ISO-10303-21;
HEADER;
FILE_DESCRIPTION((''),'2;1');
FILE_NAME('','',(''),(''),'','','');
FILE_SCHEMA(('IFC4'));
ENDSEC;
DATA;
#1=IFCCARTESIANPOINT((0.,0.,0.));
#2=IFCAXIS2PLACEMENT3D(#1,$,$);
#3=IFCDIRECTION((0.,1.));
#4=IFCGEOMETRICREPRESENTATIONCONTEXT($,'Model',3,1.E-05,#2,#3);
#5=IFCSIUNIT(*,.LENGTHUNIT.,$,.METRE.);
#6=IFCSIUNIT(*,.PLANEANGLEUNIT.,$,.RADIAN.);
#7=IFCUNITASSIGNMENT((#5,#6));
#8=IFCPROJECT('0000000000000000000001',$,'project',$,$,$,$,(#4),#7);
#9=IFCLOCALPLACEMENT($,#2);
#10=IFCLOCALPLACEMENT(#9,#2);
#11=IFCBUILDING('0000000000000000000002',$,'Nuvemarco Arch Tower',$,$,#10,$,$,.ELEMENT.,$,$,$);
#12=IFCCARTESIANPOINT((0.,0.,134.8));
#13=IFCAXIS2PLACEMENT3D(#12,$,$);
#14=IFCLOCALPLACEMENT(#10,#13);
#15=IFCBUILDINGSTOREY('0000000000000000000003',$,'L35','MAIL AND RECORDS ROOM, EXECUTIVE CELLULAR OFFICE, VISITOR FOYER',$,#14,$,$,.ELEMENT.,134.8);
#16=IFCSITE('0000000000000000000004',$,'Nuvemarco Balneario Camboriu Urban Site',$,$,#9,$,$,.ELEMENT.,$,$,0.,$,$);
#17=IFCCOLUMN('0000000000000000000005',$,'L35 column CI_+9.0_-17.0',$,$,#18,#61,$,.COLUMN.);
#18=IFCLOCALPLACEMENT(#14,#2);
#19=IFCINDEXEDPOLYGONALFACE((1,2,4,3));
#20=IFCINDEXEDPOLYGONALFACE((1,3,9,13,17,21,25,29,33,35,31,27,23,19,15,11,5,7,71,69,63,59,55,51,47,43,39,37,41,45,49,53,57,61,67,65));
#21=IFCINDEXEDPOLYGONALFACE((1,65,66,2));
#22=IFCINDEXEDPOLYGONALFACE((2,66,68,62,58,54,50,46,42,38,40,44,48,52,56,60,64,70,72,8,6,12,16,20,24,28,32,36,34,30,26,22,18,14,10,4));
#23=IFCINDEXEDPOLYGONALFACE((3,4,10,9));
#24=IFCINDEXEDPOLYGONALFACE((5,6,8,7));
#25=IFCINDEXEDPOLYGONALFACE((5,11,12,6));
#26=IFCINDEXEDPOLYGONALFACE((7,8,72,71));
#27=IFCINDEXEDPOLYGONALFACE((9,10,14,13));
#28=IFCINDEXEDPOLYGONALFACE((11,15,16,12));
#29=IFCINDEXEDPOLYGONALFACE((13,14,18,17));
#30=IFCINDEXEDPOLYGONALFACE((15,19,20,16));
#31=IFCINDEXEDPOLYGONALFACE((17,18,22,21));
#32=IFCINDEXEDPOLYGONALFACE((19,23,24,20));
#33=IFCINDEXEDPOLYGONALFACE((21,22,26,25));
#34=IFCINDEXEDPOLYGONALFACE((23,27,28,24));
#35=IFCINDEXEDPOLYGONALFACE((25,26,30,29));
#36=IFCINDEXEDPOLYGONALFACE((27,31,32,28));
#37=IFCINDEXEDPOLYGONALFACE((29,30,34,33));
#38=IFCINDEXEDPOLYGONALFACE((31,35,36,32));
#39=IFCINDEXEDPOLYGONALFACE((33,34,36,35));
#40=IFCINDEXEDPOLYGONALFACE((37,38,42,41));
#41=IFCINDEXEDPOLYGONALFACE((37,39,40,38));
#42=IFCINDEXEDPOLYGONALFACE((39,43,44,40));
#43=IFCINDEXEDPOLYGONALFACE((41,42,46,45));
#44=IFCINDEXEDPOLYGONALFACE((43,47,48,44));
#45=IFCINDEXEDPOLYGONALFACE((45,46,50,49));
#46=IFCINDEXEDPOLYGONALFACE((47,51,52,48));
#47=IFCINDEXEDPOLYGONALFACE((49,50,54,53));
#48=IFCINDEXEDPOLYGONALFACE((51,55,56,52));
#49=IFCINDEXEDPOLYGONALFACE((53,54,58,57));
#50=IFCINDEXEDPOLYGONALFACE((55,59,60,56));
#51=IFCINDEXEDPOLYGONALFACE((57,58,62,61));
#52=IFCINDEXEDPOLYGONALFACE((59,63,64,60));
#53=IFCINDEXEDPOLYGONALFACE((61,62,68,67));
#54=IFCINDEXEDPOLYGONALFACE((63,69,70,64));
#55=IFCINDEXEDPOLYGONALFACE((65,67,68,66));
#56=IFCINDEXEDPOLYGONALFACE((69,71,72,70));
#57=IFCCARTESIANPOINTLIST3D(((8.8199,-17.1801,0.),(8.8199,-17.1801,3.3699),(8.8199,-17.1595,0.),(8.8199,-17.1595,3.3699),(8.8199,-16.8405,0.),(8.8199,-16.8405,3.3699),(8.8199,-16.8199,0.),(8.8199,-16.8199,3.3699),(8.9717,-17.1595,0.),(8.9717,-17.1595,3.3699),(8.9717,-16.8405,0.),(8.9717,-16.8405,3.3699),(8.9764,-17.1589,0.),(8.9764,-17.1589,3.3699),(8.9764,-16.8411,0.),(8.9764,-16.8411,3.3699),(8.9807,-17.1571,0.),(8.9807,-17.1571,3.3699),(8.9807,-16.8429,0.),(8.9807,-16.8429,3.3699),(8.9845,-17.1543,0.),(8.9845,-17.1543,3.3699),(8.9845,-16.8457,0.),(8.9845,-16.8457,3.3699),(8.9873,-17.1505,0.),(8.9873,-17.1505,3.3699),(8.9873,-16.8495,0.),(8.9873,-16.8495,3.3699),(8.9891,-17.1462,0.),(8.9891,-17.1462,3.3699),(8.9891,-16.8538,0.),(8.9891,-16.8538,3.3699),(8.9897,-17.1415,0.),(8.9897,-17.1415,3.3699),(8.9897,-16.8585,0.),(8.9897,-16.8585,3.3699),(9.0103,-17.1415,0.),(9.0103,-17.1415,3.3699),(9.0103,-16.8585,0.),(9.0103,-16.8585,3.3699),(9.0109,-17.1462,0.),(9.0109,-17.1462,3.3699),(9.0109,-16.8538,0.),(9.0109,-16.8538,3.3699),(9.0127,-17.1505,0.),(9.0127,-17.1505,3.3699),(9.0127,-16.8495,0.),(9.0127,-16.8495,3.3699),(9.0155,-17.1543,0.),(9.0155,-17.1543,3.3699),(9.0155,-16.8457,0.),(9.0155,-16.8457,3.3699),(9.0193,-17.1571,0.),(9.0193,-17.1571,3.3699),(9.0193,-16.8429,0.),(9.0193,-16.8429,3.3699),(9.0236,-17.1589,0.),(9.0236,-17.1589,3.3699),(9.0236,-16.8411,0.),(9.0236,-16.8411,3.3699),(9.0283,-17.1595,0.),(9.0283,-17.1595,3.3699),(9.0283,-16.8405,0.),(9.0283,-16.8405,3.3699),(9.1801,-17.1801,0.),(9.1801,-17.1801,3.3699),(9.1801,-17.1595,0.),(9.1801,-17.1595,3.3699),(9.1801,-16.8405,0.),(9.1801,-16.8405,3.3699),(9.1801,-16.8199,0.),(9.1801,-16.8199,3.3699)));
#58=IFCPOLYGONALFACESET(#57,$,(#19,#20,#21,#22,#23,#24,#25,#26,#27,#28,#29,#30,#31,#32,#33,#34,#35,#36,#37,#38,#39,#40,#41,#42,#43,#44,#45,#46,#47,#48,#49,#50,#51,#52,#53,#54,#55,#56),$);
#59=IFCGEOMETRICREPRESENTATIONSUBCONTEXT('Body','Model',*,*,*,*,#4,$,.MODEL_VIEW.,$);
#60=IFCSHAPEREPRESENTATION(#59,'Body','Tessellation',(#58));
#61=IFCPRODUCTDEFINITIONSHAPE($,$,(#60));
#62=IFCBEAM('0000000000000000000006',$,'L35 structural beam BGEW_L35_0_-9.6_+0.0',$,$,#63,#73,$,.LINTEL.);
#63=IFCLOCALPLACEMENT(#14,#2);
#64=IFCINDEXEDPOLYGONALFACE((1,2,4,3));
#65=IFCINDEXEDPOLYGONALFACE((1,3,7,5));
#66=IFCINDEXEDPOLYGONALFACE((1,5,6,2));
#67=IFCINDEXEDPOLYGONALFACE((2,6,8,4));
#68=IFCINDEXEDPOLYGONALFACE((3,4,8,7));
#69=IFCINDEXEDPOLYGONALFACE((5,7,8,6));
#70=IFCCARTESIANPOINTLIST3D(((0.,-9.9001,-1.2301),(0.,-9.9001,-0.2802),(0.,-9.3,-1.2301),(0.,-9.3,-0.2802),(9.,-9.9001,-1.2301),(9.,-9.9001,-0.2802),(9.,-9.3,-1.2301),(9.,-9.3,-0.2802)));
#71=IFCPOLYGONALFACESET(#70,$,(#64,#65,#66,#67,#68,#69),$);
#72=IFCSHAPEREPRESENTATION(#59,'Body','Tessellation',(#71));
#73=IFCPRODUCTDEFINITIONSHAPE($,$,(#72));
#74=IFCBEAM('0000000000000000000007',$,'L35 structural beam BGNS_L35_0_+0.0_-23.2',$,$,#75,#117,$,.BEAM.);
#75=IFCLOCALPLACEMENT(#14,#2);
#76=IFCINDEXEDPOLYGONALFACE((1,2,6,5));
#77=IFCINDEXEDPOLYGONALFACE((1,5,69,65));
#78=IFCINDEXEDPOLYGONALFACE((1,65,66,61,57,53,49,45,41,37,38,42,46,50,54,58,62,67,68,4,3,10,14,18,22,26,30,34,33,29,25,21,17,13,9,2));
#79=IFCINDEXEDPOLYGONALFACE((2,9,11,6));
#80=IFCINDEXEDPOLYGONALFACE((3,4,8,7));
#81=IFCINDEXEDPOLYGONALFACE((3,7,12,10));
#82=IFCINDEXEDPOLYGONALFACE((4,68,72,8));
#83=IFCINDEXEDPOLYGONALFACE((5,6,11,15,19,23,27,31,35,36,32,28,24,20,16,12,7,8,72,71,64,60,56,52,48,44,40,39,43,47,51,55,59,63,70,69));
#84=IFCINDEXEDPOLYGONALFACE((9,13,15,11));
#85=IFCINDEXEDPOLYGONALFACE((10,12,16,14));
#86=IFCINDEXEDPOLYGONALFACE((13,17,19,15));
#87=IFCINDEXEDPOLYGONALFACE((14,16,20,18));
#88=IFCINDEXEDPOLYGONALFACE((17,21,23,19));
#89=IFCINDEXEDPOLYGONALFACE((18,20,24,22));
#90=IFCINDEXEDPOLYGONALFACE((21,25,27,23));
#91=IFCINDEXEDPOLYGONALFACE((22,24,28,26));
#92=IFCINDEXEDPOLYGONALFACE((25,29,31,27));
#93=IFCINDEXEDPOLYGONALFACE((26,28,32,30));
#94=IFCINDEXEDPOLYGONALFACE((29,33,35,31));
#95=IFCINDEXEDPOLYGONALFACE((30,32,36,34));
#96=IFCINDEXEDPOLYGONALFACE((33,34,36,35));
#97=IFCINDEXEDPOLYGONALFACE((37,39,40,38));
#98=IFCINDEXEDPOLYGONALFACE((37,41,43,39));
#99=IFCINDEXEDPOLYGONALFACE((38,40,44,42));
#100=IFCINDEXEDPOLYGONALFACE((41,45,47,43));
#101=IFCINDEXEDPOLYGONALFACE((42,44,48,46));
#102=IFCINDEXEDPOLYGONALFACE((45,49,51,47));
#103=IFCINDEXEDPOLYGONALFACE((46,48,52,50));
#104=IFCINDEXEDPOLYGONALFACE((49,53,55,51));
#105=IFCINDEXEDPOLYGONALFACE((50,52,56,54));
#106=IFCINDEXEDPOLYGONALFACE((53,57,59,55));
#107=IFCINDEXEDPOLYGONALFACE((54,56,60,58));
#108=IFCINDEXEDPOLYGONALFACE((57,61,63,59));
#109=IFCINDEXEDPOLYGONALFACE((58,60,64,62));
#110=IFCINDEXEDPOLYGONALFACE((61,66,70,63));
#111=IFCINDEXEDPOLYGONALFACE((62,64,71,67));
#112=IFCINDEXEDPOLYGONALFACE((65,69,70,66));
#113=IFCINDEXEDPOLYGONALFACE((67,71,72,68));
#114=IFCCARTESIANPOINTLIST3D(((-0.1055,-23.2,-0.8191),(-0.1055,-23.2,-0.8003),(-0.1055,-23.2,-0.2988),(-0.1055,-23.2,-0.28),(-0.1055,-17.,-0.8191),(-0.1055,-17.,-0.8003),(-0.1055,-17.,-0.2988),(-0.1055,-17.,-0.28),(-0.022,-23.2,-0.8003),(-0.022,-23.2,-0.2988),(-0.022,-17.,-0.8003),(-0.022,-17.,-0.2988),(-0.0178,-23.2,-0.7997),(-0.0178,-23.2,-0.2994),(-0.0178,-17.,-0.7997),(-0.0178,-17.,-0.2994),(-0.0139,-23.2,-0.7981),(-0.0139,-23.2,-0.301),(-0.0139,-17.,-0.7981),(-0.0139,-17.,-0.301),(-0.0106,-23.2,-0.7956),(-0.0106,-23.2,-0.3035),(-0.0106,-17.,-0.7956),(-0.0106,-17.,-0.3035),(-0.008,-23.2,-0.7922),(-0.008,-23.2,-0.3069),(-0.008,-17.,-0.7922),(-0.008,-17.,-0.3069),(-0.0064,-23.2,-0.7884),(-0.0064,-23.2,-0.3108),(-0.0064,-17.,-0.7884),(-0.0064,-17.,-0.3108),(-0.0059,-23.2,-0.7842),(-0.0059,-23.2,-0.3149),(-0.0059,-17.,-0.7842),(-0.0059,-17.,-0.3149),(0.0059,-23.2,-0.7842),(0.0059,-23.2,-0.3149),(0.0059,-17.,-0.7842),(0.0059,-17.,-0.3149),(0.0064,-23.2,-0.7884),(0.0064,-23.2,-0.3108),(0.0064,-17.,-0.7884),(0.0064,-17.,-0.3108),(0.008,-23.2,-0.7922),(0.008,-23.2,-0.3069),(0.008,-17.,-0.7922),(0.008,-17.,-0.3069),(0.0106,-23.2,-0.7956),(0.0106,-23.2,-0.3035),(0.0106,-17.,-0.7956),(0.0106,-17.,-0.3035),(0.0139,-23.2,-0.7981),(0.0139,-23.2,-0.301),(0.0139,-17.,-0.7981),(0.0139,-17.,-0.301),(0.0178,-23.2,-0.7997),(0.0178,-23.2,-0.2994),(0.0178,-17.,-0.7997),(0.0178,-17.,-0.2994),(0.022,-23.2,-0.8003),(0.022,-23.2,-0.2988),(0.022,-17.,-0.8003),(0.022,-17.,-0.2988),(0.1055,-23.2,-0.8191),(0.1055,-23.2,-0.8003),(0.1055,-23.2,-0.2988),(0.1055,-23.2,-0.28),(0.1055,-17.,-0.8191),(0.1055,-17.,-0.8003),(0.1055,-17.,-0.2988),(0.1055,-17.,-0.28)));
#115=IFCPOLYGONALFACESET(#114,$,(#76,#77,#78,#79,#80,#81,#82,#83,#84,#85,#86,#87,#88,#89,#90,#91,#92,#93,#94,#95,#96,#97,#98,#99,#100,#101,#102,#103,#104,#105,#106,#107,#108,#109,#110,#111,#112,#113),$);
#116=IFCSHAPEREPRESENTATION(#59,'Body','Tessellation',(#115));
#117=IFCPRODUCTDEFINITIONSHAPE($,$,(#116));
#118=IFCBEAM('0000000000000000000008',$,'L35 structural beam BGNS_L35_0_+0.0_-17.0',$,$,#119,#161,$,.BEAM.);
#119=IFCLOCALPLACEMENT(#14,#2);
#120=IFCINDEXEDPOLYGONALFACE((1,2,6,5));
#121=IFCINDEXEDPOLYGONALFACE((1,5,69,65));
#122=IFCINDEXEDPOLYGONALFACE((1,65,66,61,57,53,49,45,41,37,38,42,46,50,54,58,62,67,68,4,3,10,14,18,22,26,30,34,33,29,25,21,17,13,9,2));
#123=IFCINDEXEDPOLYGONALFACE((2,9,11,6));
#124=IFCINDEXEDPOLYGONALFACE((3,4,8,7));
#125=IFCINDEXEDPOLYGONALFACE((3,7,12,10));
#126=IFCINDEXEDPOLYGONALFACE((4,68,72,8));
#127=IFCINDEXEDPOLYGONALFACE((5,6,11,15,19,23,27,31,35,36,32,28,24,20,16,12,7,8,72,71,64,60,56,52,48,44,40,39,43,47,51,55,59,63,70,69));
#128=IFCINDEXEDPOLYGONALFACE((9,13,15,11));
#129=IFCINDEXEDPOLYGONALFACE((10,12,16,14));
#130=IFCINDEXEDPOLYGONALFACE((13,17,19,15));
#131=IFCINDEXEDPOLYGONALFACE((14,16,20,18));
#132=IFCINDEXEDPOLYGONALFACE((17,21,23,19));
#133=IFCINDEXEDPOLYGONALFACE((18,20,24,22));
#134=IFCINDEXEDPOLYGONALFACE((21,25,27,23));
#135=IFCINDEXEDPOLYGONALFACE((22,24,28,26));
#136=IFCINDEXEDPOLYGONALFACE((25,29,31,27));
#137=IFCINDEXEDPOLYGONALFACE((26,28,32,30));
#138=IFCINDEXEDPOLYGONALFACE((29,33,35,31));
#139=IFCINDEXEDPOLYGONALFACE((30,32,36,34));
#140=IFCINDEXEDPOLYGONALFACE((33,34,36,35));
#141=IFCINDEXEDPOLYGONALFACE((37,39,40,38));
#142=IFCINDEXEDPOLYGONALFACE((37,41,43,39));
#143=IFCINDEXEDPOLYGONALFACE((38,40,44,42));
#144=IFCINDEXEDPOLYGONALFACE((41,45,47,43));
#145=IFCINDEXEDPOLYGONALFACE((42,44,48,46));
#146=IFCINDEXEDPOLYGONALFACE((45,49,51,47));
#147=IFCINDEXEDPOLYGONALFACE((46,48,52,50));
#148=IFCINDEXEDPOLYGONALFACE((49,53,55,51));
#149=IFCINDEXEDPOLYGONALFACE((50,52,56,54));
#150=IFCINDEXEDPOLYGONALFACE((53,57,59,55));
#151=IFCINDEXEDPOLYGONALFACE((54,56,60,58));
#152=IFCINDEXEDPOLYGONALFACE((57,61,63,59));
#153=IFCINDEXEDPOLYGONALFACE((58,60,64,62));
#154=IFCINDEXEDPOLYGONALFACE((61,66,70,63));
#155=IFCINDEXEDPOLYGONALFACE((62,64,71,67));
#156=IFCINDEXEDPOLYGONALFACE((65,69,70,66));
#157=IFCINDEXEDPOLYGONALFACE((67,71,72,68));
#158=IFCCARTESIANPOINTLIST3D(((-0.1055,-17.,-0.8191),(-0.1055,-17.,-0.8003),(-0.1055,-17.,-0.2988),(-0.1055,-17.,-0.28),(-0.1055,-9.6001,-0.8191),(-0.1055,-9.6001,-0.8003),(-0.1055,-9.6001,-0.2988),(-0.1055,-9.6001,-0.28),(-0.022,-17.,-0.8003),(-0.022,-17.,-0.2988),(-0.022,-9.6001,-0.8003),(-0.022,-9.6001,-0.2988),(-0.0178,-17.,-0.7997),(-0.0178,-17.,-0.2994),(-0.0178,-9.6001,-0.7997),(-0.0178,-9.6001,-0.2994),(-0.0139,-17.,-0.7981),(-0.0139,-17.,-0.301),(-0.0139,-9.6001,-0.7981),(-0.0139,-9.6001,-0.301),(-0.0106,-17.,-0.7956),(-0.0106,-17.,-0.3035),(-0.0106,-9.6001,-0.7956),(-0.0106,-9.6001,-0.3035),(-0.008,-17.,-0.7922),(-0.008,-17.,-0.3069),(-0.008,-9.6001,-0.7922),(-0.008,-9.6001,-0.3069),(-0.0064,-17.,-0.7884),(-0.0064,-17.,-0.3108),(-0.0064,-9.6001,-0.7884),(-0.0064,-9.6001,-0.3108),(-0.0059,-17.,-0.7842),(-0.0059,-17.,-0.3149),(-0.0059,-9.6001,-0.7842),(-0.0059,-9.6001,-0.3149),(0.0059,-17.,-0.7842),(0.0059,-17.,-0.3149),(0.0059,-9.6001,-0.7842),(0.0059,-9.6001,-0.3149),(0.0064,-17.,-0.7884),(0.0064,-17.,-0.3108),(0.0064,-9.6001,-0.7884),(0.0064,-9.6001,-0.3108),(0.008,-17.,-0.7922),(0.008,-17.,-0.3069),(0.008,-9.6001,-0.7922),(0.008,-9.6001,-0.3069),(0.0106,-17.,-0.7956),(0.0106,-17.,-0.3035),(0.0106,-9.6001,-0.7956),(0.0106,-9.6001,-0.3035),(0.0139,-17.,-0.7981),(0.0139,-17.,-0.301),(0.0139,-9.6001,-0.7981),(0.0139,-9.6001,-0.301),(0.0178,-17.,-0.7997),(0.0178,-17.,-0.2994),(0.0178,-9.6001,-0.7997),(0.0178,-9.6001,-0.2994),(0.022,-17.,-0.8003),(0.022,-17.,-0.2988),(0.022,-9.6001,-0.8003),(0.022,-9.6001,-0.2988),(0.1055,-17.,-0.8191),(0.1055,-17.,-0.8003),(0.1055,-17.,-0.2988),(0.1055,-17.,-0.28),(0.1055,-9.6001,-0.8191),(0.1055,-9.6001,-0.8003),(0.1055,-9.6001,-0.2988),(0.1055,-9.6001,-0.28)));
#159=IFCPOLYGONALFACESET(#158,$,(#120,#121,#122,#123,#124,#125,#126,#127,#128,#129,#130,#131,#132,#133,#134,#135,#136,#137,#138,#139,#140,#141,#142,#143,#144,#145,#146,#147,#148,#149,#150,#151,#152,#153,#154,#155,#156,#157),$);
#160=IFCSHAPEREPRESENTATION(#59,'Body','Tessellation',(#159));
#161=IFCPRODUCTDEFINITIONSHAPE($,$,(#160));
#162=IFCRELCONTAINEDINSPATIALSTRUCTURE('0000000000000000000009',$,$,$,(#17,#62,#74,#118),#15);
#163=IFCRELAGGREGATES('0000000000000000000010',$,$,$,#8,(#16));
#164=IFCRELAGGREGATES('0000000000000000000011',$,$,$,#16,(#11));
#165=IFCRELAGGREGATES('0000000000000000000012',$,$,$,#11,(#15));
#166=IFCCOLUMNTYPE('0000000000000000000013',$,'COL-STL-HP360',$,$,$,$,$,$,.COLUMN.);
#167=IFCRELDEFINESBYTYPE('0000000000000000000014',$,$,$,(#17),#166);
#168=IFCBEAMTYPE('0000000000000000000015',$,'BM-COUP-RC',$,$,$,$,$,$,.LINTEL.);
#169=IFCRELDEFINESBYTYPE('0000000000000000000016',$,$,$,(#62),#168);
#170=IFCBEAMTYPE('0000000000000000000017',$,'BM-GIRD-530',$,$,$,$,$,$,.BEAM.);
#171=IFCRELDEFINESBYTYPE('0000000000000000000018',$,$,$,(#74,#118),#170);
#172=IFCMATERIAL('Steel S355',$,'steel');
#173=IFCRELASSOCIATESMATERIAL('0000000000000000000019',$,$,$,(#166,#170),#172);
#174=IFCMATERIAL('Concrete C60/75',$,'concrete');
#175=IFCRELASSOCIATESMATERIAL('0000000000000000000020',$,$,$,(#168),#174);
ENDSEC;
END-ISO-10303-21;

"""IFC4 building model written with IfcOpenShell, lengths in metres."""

from ifc_helpers import new_model, si_unit, direction, frame, origin, origin_2d, place, context, subcontext, project, spatial, rectangle, i_section, extrude, material, material_profile, profile_set, type_object, element, save


model = new_model("IFC4")

# Units and contexts
model_context = context("Model", 3, precision=1e-05, world=origin(), true_north=direction((0.0, 1.0)))
body_context = subcontext(model_context, "Body", "Model", "MODEL_VIEW")
ifc_project = project(units=[si_unit("LENGTHUNIT", "METRE"), si_unit("PLANEANGLEUNIT", "RADIAN")], contexts=[model_context])

# Site, building, storey
site_placement = place(None, origin())
site = spatial("IfcSite", under=ifc_project, at=site_placement, Name="Nuvemarco Balneario Camboriu Urban Site", CompositionType="ELEMENT", RefElevation=0.0)
building_placement = place(site_placement, origin())
building = spatial("IfcBuilding", under=site, at=building_placement, Name="Nuvemarco Arch Tower", CompositionType="ELEMENT")
storey_placement = place(building_placement, frame((0.0, 0.0, 134.8)))
storey = spatial("IfcBuildingStorey", under=building, at=storey_placement, Name="L35", Description="MAIL AND RECORDS ROOM, EXECUTIVE CELLULAR OFFICE, VISITOR FOYER", CompositionType="ELEMENT", Elevation=134.8)

# Column
ifc_material_1 = material(Name="Steel S355", Category="steel")
ifc_material_profile_1 = material_profile(ifc_material_1, i_section(OverallWidth=0.3601, OverallDepth=0.3601, WebThickness=0.0205, FlangeThickness=0.0205, FilletRadius=0.0181, at=origin_2d()), Name="HP360x174")
ifc_profile_set_1 = profile_set([ifc_material_profile_1], Name="Steel S355")
column_type_1 = type_object("IfcColumnType", Name="COL-STL-HP360", PredefinedType="COLUMN", material=ifc_profile_set_1)
for number, where, z_axis, x_axis, name in (
    (1, (9.0, -17.0, 0.0), (0.0, 0.0, 1.0), (1.0, 0.0, 0.0), "L35 column CI_+9.0_-17.0"),
):
    element("IfcColumn", number, at=place(storey_placement, frame(where, z_axis=z_axis, x_axis=x_axis)), inside=storey, type_object=column_type_1, Name=name, PredefinedType="COLUMN", context=body_context, shape_type="SweptSolid", body=[
        extrude(i_section(OverallWidth=0.3601, OverallDepth=0.3601, WebThickness=0.0205, FlangeThickness=0.0205, FilletRadius=0.0181, at=origin_2d()), origin(), (0.0, 0.0, 1.0), 3.3699),
    ])

# Beams
ifc_material_2 = material(Name="Concrete C60/75", Category="concrete")
ifc_material_profile_2 = material_profile(ifc_material_2, rectangle(XDim=0.6001, YDim=0.95, at=origin_2d()), Name="RC-BM-600x950")
ifc_profile_set_2 = profile_set([ifc_material_profile_2], Name="Concrete C60/75")
beam_type_1 = type_object("IfcBeamType", Name="BM-COUP-RC", PredefinedType="LINTEL", material=ifc_profile_set_2)
beam_1_placement = place(storey_placement, frame((0.0, -9.6001, -0.7551), z_axis=(1.0, 0.0, 0.0), x_axis=(0.0, 1.0, 0.0)))
element("IfcBeam", 2, at=beam_1_placement, inside=storey, type_object=beam_type_1, Name="L35 structural beam BGEW_L35_0_-9.6_+0.0", PredefinedType="LINTEL", context=body_context, shape_type="SweptSolid", body=[
    extrude(rectangle(XDim=0.6001, YDim=0.95, at=origin_2d()), origin(), (0.0, 0.0, 1.0), 9.0),
])
ifc_material_profile_3 = material_profile(ifc_material_1, i_section(OverallWidth=0.2109, OverallDepth=0.5391, WebThickness=0.0117, FlangeThickness=0.0188, FilletRadius=0.0161, at=origin_2d()), Name="W530x109")
ifc_profile_set_3 = profile_set([ifc_material_profile_3], Name="Steel S355")
beam_type_2 = type_object("IfcBeamType", Name="BM-GIRD-530", PredefinedType="BEAM", material=ifc_profile_set_3)
beam_2_placement = place(storey_placement, frame((0.0, -23.2, -0.5496), z_axis=(0.0, 1.0, 0.0), x_axis=(-1.0, 0.0, 0.0)))
element("IfcBeam", 3, at=beam_2_placement, inside=storey, type_object=beam_type_2, Name="L35 structural beam BGNS_L35_0_+0.0_-23.2", PredefinedType="BEAM", context=body_context, shape_type="SweptSolid", body=[
    extrude(i_section(OverallWidth=0.2109, OverallDepth=0.5391, WebThickness=0.0117, FlangeThickness=0.0188, FilletRadius=0.0161, at=origin_2d()), origin(), (0.0, 0.0, 1.0), 6.2),
])
beam_3_placement = place(storey_placement, frame((0.0, -17.0, -0.5496), z_axis=(0.0, 1.0, 0.0), x_axis=(-1.0, 0.0, 0.0)))
element("IfcBeam", 4, at=beam_3_placement, inside=storey, type_object=beam_type_2, Name="L35 structural beam BGNS_L35_0_+0.0_-17.0", PredefinedType="BEAM", context=body_context, shape_type="SweptSolid", body=[
    extrude(i_section(OverallWidth=0.2109, OverallDepth=0.5391, WebThickness=0.0117, FlangeThickness=0.0188, FilletRadius=0.0161, at=origin_2d()), origin(), (0.0, 0.0, 1.0), 7.3999),
])

save(model, "model.ifc")
